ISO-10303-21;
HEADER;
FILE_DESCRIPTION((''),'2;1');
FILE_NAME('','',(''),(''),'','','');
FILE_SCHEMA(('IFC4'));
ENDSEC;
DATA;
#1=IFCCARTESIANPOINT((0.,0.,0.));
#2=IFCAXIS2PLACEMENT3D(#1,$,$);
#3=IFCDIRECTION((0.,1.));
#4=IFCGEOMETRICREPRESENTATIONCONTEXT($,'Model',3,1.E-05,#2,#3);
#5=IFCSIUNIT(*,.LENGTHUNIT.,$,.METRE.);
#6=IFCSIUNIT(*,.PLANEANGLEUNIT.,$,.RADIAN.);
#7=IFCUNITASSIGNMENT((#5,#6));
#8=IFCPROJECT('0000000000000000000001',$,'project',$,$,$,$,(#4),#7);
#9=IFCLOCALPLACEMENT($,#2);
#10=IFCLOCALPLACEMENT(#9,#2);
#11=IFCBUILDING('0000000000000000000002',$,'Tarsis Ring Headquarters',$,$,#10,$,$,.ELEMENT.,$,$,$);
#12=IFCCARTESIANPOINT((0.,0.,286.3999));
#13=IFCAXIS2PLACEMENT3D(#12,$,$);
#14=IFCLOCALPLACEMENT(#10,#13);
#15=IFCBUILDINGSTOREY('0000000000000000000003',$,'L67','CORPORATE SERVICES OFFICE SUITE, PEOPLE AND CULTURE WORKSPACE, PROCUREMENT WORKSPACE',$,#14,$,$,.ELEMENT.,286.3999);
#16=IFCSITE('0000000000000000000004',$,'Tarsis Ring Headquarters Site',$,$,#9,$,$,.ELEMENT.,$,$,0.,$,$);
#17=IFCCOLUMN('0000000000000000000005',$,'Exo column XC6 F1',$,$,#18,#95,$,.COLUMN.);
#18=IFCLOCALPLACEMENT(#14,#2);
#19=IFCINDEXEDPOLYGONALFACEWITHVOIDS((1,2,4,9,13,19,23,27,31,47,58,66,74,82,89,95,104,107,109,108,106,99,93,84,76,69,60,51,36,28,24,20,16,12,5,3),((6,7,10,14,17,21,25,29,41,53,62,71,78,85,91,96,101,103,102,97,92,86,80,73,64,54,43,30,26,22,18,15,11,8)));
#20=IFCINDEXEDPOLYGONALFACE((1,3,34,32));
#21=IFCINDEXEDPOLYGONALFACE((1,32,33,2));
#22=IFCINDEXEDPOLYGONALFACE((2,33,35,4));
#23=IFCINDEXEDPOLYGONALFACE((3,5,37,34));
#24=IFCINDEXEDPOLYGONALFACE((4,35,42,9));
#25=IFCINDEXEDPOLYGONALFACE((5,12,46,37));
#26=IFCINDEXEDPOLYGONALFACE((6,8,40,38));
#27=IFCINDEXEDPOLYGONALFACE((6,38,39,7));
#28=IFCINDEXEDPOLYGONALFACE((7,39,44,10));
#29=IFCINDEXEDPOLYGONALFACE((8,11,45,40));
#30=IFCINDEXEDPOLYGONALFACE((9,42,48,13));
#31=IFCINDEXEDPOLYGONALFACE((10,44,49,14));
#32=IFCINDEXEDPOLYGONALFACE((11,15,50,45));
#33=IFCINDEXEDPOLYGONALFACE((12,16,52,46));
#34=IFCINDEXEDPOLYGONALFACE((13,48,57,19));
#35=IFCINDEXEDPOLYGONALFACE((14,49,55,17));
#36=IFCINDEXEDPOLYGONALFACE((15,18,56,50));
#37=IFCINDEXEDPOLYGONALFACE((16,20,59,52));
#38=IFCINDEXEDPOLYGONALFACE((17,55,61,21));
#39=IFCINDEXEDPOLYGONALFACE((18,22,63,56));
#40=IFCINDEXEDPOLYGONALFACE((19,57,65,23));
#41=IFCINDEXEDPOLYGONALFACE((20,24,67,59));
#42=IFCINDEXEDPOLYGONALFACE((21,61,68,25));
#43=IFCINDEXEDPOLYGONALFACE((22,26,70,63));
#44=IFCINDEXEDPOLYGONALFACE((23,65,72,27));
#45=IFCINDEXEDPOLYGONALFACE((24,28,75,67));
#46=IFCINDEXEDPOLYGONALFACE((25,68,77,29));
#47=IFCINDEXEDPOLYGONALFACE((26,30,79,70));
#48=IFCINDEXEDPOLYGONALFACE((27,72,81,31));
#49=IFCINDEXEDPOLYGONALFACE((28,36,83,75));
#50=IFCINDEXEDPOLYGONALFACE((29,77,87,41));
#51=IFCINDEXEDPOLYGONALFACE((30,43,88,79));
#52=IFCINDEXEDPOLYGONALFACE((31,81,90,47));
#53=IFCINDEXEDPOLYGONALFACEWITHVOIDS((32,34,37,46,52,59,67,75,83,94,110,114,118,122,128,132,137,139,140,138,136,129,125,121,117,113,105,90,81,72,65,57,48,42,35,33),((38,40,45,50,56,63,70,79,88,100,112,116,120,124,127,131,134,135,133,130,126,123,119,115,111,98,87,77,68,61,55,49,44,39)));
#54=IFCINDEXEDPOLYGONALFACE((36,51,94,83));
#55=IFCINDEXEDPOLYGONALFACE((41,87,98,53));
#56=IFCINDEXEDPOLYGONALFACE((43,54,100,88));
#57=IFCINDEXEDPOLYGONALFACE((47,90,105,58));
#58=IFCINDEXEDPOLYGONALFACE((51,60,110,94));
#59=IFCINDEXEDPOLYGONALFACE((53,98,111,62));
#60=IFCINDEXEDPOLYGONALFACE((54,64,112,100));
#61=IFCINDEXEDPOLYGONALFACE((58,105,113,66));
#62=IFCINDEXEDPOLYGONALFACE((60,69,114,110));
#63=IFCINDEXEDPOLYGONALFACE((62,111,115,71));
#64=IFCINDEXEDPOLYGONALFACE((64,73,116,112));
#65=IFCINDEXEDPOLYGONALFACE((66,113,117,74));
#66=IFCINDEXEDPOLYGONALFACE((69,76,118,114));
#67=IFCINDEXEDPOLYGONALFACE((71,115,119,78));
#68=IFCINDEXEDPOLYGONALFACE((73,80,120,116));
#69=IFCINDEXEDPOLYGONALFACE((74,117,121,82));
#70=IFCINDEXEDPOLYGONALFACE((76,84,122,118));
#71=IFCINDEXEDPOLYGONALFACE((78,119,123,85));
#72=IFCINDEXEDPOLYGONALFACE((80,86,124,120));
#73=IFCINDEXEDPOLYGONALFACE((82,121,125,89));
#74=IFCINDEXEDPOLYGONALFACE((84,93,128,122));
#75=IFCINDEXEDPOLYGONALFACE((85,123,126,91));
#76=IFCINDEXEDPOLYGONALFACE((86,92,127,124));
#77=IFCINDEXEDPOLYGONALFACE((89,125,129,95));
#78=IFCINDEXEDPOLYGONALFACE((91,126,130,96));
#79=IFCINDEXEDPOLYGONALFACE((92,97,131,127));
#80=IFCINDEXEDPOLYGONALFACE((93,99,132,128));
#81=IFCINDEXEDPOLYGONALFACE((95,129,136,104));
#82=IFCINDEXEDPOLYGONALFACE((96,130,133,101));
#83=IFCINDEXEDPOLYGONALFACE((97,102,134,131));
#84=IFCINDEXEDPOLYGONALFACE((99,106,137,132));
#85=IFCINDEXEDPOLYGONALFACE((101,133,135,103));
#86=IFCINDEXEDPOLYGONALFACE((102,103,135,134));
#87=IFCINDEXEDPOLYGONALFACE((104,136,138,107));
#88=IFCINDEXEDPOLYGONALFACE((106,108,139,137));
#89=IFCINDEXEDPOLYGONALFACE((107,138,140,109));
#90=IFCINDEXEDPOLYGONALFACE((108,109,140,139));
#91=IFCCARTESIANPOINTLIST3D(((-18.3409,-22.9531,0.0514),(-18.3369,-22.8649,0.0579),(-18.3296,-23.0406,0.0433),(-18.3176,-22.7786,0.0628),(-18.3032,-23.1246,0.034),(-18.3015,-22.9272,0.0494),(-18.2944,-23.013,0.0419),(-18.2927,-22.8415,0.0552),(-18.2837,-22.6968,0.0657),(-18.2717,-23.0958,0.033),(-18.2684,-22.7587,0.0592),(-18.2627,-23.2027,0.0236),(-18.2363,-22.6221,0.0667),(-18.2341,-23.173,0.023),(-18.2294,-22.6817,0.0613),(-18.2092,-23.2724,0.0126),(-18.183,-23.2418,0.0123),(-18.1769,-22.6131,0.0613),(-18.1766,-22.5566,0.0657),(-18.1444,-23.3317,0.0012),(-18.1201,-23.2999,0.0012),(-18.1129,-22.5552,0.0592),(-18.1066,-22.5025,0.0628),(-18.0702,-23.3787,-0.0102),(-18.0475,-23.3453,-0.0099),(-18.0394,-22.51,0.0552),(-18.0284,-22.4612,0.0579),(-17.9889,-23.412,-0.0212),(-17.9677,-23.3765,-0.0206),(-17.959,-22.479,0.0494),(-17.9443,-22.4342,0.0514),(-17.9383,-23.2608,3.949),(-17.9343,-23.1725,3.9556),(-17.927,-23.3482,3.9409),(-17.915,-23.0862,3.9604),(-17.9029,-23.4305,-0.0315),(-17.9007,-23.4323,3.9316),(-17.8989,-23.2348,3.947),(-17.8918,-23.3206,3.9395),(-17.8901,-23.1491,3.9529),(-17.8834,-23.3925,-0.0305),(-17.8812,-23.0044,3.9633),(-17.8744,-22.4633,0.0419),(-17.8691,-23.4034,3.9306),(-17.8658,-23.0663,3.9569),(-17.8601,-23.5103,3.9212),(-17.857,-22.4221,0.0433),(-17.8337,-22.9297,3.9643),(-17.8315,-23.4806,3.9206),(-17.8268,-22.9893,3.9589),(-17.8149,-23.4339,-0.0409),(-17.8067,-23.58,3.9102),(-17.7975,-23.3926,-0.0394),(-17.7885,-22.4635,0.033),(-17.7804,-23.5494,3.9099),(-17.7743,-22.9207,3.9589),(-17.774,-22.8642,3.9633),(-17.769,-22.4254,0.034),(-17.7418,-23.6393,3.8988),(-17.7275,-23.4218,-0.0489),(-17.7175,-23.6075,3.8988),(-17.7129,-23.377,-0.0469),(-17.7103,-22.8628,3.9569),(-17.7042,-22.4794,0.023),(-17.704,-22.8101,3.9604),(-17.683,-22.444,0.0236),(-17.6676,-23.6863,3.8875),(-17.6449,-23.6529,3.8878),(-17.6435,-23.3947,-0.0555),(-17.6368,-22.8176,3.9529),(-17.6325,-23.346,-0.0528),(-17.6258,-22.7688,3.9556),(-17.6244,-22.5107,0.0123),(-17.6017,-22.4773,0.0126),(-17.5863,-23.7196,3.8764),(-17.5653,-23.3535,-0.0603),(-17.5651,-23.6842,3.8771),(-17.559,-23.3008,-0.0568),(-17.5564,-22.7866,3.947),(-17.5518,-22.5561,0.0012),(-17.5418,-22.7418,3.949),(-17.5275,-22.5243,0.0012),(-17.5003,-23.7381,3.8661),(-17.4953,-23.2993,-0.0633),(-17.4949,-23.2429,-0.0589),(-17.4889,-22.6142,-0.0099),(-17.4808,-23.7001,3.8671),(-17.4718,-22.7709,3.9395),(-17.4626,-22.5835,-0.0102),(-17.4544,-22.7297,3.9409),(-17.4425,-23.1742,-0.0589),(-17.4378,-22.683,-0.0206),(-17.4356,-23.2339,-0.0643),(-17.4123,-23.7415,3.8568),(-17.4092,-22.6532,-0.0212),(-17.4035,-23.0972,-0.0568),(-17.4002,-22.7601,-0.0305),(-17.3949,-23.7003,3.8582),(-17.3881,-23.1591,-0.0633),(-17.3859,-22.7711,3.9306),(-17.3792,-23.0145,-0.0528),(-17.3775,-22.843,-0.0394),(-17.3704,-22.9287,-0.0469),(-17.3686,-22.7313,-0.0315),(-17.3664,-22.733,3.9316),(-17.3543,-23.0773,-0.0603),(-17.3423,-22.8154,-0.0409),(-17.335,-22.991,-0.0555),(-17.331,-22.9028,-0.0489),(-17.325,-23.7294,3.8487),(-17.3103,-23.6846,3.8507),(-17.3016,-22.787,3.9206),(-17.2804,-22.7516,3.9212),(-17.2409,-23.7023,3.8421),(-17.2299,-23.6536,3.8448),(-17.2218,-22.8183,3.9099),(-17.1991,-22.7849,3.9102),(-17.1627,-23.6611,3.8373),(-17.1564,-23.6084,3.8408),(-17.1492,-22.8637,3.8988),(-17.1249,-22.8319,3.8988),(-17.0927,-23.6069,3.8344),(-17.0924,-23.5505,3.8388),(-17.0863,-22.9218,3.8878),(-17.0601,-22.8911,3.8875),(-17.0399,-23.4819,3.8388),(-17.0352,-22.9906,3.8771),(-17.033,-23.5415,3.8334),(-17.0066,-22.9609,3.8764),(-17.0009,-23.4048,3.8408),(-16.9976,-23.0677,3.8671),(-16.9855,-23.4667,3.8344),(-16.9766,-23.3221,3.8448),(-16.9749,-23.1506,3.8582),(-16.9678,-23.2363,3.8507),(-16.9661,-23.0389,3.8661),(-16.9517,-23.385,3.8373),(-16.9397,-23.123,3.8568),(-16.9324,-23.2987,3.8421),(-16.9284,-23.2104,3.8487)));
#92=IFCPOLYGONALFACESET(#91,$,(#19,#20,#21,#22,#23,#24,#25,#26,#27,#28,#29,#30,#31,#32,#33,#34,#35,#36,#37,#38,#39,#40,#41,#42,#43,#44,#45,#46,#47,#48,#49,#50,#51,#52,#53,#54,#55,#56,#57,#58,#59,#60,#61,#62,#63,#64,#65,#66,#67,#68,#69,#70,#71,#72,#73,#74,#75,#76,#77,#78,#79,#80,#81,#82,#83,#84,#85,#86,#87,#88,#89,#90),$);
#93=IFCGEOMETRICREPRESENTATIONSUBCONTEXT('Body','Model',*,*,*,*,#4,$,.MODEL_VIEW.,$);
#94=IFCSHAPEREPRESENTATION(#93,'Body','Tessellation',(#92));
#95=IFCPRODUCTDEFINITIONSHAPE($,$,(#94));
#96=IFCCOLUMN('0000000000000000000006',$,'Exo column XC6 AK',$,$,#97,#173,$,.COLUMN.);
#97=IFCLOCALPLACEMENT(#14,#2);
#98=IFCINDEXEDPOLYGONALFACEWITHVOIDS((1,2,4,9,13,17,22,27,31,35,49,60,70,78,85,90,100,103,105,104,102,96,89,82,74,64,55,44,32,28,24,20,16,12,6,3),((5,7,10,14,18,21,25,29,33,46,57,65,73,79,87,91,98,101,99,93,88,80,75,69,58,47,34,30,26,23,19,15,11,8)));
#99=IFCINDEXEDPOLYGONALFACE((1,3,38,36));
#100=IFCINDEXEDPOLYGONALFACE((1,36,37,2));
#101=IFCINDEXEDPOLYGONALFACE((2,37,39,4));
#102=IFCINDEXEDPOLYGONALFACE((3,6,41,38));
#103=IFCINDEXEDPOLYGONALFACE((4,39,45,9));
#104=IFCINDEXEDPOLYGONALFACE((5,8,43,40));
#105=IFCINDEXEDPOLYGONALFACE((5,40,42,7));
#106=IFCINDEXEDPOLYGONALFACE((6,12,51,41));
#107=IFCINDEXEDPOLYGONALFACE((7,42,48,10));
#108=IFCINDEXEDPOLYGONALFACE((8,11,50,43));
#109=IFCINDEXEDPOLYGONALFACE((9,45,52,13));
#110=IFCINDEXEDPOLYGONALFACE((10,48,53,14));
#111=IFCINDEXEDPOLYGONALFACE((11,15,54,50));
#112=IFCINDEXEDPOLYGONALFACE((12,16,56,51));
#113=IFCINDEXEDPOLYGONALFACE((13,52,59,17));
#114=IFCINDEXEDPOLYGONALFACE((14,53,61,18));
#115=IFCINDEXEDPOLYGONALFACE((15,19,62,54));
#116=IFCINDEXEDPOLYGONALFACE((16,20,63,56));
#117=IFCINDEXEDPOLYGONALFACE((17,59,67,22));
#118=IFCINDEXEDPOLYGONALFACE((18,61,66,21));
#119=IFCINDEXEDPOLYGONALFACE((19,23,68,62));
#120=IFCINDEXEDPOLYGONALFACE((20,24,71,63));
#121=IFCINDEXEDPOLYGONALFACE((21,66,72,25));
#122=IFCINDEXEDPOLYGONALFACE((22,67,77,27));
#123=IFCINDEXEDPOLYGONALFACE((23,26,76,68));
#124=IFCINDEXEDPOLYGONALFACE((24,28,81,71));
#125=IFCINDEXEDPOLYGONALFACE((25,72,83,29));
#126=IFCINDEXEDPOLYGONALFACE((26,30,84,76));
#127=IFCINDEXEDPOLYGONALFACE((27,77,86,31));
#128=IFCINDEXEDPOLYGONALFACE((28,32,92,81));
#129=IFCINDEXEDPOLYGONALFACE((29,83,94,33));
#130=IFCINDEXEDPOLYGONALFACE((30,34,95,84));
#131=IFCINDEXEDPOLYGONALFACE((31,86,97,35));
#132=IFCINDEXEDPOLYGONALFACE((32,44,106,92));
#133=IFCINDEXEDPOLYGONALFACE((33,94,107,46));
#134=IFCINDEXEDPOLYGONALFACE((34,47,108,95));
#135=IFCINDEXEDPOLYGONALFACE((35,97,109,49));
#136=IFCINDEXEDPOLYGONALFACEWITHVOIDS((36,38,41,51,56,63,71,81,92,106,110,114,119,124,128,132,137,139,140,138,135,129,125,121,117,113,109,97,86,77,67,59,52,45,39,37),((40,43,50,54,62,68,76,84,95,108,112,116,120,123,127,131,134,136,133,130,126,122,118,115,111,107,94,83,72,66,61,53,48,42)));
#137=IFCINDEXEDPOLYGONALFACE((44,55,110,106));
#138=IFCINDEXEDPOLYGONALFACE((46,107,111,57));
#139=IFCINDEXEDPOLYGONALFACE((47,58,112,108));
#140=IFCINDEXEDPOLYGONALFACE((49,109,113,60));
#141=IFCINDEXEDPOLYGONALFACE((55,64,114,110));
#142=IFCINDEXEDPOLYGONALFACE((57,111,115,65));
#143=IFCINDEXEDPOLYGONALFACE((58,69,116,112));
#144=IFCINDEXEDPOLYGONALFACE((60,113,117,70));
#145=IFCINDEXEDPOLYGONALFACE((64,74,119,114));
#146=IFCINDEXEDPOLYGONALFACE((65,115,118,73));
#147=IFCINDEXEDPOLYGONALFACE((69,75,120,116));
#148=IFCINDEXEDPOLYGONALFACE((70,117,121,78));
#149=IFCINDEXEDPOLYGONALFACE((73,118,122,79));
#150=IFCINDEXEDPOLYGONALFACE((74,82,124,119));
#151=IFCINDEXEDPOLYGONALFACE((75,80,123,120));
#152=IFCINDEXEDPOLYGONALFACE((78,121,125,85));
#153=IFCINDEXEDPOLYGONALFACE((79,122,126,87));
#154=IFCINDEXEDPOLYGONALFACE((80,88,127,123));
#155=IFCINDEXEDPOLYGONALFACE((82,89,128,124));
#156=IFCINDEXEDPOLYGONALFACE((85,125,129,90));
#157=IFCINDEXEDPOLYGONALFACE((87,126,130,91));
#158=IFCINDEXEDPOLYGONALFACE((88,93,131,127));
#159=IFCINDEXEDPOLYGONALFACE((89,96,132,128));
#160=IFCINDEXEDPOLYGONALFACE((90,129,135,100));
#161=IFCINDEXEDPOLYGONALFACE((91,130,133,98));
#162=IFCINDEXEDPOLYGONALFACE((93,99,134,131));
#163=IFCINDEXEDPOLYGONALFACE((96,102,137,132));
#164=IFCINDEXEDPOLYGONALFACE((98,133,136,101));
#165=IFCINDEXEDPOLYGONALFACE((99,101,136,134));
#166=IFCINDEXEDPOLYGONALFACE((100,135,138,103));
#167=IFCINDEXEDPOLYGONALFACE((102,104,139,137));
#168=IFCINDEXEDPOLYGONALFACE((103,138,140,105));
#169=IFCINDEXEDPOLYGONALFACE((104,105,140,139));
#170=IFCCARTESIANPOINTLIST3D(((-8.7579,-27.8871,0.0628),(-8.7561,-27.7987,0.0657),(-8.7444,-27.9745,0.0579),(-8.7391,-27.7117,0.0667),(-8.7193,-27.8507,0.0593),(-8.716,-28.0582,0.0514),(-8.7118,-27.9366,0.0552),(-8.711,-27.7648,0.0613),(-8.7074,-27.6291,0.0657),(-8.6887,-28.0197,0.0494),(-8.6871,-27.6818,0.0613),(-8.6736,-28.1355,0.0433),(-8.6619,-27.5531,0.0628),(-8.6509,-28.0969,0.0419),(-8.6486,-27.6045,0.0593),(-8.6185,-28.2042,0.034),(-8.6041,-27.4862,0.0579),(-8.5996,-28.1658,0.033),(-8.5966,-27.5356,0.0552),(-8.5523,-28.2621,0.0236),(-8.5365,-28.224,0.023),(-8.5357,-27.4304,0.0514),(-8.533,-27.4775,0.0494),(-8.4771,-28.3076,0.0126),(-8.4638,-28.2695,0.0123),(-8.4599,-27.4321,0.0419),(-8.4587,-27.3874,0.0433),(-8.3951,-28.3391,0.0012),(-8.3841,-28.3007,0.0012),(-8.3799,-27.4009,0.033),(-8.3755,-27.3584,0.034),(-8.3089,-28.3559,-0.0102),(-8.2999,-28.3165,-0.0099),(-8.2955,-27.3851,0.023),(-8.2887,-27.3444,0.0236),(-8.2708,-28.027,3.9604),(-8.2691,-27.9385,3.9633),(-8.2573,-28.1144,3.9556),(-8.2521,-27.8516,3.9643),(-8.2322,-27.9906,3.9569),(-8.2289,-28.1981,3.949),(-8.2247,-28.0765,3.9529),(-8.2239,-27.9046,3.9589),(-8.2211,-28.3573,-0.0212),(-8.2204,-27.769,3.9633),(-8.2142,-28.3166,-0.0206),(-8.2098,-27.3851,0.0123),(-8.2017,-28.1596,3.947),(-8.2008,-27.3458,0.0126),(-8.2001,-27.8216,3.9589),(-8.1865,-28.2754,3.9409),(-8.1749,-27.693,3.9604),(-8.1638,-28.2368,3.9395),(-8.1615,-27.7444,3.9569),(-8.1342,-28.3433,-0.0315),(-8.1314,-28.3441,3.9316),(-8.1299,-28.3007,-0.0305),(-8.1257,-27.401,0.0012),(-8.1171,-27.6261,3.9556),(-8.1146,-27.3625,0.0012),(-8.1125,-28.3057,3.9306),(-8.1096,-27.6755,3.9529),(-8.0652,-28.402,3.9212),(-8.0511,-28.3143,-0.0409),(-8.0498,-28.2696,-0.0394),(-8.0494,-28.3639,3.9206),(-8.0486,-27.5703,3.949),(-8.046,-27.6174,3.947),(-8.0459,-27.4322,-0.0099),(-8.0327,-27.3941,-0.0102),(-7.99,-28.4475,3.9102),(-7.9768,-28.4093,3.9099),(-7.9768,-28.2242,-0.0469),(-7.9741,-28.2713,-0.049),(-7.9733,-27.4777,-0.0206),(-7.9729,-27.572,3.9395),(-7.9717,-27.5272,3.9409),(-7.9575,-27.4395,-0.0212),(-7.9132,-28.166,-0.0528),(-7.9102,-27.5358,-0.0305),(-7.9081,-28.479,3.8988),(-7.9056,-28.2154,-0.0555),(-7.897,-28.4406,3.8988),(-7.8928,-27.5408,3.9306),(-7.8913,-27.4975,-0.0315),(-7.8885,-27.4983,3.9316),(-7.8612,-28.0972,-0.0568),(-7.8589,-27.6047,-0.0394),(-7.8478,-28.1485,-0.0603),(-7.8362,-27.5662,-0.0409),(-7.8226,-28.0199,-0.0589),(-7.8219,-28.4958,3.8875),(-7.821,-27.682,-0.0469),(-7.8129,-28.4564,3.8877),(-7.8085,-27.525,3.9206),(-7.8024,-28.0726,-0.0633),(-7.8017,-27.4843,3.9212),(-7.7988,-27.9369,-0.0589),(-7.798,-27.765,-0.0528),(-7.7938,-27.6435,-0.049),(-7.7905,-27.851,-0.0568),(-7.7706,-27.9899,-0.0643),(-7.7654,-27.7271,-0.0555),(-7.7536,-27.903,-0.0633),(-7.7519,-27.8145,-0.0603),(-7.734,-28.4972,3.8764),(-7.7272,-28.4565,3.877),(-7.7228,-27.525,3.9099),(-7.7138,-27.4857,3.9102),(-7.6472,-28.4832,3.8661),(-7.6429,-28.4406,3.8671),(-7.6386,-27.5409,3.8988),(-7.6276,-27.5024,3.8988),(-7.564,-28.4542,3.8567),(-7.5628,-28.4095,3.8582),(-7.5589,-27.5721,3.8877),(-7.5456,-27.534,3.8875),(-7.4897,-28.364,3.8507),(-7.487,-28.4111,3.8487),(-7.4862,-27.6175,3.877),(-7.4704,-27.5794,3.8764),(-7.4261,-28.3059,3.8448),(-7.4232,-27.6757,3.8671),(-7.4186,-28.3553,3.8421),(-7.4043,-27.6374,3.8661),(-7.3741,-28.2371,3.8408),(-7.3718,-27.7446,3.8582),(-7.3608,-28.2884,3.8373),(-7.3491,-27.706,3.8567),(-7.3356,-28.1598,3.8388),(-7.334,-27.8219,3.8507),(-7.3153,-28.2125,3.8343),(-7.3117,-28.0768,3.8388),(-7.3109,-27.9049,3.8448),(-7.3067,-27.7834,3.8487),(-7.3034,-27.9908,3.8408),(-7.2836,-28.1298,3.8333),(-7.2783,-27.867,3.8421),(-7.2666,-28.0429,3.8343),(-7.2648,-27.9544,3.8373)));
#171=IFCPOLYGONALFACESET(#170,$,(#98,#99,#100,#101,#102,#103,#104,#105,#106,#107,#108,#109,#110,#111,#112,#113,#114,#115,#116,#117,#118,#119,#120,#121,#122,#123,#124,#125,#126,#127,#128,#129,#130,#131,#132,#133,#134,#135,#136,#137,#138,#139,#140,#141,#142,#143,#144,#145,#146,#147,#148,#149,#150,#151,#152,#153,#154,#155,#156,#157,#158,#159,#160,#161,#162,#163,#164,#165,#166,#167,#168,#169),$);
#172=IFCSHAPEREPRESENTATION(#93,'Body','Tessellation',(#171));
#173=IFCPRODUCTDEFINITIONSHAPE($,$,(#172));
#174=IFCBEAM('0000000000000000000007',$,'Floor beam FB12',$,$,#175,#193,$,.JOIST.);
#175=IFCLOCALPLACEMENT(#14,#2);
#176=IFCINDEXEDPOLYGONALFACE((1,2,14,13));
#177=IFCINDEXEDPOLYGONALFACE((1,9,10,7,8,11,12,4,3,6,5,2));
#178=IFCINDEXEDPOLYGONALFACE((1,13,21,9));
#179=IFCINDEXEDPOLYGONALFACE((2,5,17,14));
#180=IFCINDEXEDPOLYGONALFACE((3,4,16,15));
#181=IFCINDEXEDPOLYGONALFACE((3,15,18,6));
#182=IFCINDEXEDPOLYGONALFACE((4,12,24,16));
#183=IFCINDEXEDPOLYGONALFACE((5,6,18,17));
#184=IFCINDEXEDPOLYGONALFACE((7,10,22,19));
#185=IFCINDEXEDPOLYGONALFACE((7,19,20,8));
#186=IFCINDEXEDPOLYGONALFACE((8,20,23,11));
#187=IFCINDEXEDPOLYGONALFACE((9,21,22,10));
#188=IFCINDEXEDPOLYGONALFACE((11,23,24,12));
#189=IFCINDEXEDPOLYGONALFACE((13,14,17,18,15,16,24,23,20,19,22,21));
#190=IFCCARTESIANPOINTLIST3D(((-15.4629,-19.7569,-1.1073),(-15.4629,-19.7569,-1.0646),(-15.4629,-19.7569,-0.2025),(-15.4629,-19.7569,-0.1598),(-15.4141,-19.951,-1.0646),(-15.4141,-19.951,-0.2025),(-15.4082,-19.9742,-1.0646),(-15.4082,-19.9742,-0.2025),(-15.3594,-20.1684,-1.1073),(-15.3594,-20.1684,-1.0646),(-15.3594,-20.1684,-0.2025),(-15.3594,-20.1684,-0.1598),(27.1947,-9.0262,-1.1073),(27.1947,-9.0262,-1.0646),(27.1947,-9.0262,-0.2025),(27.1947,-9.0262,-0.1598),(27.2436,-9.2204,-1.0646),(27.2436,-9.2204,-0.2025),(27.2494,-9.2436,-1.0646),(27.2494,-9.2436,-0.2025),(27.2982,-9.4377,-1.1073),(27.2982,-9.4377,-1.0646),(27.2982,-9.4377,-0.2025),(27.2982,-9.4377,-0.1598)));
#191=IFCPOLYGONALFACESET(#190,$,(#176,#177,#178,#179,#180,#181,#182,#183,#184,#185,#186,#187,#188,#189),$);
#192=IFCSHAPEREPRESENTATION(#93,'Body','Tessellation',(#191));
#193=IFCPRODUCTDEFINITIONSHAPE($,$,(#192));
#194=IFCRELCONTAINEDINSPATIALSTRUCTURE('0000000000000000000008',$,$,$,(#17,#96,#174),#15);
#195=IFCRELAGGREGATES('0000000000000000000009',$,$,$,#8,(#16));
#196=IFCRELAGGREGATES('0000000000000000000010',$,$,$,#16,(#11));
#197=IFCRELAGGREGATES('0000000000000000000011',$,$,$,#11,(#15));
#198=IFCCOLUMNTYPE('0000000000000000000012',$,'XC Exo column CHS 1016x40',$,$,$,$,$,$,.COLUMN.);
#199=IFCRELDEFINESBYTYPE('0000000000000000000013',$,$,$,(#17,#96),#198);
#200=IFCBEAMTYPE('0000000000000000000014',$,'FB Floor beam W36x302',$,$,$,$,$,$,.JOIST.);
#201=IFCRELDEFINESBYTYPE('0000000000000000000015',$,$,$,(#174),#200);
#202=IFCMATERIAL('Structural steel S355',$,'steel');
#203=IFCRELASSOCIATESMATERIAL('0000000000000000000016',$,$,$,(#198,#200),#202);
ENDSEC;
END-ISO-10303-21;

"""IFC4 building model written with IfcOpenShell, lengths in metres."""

from ifc_helpers import new_model, si_unit, direction, frame, origin, origin_2d, place, context, subcontext, project, spatial, hollow_circle, i_section, extrude, material, material_profile, profile_set, type_object, element, save


model = new_model("IFC4")

# Units and contexts
model_context = context("Model", 3, precision=1e-05, world=origin(), true_north=direction((0.0, 1.0)))
body_context = subcontext(model_context, "Body", "Model", "MODEL_VIEW")
ifc_project = project(units=[si_unit("LENGTHUNIT", "METRE"), si_unit("PLANEANGLEUNIT", "RADIAN")], contexts=[model_context])

# Site, building, storey
site_placement = place(None, origin())
site = spatial("IfcSite", under=ifc_project, at=site_placement, Name="Tarsis Ring Headquarters Site", CompositionType="ELEMENT", RefElevation=0.0)
building_placement = place(site_placement, origin())
building = spatial("IfcBuilding", under=site, at=building_placement, Name="Tarsis Ring Headquarters", CompositionType="ELEMENT")
storey_placement = place(building_placement, frame((0.0, 0.0, 286.3999)))
storey = spatial("IfcBuildingStorey", under=building, at=storey_placement, Name="L67", Description="CORPORATE SERVICES OFFICE SUITE, PEOPLE AND CULTURE WORKSPACE, PROCUREMENT WORKSPACE", CompositionType="ELEMENT", Elevation=286.3999)

# Columns
ifc_material_1 = material(Name="Structural steel S355", Category="steel")
ifc_material_profile_1 = material_profile(ifc_material_1, hollow_circle(Radius=0.5081, WallThickness=0.04, at=origin_2d()), Name="CHS 1016x40")
ifc_profile_set_1 = profile_set([ifc_material_profile_1], Name="Structural steel S355")
column_type = type_object("IfcColumnType", Name="XC Exo column CHS 1016x40", PredefinedType="COLUMN", material=ifc_profile_set_1)
for number, where, z_axis, x_axis, name in (
    (1, (-17.8359, -22.928, 0.0012), (0.102427, -0.078264, 0.991657), (0.607146, 0.79459, 0.0), "Exo column XC6 F1"),
    (2, (-8.2549, -27.8508, 0.0012), (0.123918, -0.035591, 0.991654), (0.276057, 0.961141, 0.0), "Exo column XC6 AK"),
):
    element("IfcColumn", number, at=place(storey_placement, frame(where, z_axis=z_axis, x_axis=x_axis)), inside=storey, type_object=column_type, Name=name, PredefinedType="COLUMN", context=body_context, shape_type="SweptSolid", body=[
        extrude(hollow_circle(Radius=0.5081, WallThickness=0.04, at=origin_2d()), origin(), (0.0, 0.0, 1.0), 3.9304),
    ])

# Beam
ifc_material_profile_2 = material_profile(ifc_material_1, i_section(OverallWidth=0.4243, OverallDepth=0.9475, WebThickness=0.0239, FlangeThickness=0.0427, at=origin_2d()), Name="W36x302")
ifc_profile_set_2 = profile_set([ifc_material_profile_2], Name="Structural steel S355")
beam_type_1 = type_object("IfcBeamType", Name="FB Floor beam W36x302", PredefinedType="JOIST", material=ifc_profile_set_2)
beam_1_placement = place(storey_placement, frame((-15.4111, -19.9626, -0.6335), z_axis=(0.969787, 0.243954, 0.0), x_axis=(-0.243954, 0.969787, 0.0)))
element("IfcBeam", 3, at=beam_1_placement, inside=storey, type_object=beam_type_1, Name="Floor beam FB12", PredefinedType="JOIST", context=body_context, shape_type="SweptSolid", body=[
    extrude(i_section(OverallWidth=0.4243, OverallDepth=0.9475, WebThickness=0.0239, FlangeThickness=0.0427, at=origin_2d()), origin(), (0.0, 0.0, 1.0), 43.9866),
])

save(model, "model.ifc")
